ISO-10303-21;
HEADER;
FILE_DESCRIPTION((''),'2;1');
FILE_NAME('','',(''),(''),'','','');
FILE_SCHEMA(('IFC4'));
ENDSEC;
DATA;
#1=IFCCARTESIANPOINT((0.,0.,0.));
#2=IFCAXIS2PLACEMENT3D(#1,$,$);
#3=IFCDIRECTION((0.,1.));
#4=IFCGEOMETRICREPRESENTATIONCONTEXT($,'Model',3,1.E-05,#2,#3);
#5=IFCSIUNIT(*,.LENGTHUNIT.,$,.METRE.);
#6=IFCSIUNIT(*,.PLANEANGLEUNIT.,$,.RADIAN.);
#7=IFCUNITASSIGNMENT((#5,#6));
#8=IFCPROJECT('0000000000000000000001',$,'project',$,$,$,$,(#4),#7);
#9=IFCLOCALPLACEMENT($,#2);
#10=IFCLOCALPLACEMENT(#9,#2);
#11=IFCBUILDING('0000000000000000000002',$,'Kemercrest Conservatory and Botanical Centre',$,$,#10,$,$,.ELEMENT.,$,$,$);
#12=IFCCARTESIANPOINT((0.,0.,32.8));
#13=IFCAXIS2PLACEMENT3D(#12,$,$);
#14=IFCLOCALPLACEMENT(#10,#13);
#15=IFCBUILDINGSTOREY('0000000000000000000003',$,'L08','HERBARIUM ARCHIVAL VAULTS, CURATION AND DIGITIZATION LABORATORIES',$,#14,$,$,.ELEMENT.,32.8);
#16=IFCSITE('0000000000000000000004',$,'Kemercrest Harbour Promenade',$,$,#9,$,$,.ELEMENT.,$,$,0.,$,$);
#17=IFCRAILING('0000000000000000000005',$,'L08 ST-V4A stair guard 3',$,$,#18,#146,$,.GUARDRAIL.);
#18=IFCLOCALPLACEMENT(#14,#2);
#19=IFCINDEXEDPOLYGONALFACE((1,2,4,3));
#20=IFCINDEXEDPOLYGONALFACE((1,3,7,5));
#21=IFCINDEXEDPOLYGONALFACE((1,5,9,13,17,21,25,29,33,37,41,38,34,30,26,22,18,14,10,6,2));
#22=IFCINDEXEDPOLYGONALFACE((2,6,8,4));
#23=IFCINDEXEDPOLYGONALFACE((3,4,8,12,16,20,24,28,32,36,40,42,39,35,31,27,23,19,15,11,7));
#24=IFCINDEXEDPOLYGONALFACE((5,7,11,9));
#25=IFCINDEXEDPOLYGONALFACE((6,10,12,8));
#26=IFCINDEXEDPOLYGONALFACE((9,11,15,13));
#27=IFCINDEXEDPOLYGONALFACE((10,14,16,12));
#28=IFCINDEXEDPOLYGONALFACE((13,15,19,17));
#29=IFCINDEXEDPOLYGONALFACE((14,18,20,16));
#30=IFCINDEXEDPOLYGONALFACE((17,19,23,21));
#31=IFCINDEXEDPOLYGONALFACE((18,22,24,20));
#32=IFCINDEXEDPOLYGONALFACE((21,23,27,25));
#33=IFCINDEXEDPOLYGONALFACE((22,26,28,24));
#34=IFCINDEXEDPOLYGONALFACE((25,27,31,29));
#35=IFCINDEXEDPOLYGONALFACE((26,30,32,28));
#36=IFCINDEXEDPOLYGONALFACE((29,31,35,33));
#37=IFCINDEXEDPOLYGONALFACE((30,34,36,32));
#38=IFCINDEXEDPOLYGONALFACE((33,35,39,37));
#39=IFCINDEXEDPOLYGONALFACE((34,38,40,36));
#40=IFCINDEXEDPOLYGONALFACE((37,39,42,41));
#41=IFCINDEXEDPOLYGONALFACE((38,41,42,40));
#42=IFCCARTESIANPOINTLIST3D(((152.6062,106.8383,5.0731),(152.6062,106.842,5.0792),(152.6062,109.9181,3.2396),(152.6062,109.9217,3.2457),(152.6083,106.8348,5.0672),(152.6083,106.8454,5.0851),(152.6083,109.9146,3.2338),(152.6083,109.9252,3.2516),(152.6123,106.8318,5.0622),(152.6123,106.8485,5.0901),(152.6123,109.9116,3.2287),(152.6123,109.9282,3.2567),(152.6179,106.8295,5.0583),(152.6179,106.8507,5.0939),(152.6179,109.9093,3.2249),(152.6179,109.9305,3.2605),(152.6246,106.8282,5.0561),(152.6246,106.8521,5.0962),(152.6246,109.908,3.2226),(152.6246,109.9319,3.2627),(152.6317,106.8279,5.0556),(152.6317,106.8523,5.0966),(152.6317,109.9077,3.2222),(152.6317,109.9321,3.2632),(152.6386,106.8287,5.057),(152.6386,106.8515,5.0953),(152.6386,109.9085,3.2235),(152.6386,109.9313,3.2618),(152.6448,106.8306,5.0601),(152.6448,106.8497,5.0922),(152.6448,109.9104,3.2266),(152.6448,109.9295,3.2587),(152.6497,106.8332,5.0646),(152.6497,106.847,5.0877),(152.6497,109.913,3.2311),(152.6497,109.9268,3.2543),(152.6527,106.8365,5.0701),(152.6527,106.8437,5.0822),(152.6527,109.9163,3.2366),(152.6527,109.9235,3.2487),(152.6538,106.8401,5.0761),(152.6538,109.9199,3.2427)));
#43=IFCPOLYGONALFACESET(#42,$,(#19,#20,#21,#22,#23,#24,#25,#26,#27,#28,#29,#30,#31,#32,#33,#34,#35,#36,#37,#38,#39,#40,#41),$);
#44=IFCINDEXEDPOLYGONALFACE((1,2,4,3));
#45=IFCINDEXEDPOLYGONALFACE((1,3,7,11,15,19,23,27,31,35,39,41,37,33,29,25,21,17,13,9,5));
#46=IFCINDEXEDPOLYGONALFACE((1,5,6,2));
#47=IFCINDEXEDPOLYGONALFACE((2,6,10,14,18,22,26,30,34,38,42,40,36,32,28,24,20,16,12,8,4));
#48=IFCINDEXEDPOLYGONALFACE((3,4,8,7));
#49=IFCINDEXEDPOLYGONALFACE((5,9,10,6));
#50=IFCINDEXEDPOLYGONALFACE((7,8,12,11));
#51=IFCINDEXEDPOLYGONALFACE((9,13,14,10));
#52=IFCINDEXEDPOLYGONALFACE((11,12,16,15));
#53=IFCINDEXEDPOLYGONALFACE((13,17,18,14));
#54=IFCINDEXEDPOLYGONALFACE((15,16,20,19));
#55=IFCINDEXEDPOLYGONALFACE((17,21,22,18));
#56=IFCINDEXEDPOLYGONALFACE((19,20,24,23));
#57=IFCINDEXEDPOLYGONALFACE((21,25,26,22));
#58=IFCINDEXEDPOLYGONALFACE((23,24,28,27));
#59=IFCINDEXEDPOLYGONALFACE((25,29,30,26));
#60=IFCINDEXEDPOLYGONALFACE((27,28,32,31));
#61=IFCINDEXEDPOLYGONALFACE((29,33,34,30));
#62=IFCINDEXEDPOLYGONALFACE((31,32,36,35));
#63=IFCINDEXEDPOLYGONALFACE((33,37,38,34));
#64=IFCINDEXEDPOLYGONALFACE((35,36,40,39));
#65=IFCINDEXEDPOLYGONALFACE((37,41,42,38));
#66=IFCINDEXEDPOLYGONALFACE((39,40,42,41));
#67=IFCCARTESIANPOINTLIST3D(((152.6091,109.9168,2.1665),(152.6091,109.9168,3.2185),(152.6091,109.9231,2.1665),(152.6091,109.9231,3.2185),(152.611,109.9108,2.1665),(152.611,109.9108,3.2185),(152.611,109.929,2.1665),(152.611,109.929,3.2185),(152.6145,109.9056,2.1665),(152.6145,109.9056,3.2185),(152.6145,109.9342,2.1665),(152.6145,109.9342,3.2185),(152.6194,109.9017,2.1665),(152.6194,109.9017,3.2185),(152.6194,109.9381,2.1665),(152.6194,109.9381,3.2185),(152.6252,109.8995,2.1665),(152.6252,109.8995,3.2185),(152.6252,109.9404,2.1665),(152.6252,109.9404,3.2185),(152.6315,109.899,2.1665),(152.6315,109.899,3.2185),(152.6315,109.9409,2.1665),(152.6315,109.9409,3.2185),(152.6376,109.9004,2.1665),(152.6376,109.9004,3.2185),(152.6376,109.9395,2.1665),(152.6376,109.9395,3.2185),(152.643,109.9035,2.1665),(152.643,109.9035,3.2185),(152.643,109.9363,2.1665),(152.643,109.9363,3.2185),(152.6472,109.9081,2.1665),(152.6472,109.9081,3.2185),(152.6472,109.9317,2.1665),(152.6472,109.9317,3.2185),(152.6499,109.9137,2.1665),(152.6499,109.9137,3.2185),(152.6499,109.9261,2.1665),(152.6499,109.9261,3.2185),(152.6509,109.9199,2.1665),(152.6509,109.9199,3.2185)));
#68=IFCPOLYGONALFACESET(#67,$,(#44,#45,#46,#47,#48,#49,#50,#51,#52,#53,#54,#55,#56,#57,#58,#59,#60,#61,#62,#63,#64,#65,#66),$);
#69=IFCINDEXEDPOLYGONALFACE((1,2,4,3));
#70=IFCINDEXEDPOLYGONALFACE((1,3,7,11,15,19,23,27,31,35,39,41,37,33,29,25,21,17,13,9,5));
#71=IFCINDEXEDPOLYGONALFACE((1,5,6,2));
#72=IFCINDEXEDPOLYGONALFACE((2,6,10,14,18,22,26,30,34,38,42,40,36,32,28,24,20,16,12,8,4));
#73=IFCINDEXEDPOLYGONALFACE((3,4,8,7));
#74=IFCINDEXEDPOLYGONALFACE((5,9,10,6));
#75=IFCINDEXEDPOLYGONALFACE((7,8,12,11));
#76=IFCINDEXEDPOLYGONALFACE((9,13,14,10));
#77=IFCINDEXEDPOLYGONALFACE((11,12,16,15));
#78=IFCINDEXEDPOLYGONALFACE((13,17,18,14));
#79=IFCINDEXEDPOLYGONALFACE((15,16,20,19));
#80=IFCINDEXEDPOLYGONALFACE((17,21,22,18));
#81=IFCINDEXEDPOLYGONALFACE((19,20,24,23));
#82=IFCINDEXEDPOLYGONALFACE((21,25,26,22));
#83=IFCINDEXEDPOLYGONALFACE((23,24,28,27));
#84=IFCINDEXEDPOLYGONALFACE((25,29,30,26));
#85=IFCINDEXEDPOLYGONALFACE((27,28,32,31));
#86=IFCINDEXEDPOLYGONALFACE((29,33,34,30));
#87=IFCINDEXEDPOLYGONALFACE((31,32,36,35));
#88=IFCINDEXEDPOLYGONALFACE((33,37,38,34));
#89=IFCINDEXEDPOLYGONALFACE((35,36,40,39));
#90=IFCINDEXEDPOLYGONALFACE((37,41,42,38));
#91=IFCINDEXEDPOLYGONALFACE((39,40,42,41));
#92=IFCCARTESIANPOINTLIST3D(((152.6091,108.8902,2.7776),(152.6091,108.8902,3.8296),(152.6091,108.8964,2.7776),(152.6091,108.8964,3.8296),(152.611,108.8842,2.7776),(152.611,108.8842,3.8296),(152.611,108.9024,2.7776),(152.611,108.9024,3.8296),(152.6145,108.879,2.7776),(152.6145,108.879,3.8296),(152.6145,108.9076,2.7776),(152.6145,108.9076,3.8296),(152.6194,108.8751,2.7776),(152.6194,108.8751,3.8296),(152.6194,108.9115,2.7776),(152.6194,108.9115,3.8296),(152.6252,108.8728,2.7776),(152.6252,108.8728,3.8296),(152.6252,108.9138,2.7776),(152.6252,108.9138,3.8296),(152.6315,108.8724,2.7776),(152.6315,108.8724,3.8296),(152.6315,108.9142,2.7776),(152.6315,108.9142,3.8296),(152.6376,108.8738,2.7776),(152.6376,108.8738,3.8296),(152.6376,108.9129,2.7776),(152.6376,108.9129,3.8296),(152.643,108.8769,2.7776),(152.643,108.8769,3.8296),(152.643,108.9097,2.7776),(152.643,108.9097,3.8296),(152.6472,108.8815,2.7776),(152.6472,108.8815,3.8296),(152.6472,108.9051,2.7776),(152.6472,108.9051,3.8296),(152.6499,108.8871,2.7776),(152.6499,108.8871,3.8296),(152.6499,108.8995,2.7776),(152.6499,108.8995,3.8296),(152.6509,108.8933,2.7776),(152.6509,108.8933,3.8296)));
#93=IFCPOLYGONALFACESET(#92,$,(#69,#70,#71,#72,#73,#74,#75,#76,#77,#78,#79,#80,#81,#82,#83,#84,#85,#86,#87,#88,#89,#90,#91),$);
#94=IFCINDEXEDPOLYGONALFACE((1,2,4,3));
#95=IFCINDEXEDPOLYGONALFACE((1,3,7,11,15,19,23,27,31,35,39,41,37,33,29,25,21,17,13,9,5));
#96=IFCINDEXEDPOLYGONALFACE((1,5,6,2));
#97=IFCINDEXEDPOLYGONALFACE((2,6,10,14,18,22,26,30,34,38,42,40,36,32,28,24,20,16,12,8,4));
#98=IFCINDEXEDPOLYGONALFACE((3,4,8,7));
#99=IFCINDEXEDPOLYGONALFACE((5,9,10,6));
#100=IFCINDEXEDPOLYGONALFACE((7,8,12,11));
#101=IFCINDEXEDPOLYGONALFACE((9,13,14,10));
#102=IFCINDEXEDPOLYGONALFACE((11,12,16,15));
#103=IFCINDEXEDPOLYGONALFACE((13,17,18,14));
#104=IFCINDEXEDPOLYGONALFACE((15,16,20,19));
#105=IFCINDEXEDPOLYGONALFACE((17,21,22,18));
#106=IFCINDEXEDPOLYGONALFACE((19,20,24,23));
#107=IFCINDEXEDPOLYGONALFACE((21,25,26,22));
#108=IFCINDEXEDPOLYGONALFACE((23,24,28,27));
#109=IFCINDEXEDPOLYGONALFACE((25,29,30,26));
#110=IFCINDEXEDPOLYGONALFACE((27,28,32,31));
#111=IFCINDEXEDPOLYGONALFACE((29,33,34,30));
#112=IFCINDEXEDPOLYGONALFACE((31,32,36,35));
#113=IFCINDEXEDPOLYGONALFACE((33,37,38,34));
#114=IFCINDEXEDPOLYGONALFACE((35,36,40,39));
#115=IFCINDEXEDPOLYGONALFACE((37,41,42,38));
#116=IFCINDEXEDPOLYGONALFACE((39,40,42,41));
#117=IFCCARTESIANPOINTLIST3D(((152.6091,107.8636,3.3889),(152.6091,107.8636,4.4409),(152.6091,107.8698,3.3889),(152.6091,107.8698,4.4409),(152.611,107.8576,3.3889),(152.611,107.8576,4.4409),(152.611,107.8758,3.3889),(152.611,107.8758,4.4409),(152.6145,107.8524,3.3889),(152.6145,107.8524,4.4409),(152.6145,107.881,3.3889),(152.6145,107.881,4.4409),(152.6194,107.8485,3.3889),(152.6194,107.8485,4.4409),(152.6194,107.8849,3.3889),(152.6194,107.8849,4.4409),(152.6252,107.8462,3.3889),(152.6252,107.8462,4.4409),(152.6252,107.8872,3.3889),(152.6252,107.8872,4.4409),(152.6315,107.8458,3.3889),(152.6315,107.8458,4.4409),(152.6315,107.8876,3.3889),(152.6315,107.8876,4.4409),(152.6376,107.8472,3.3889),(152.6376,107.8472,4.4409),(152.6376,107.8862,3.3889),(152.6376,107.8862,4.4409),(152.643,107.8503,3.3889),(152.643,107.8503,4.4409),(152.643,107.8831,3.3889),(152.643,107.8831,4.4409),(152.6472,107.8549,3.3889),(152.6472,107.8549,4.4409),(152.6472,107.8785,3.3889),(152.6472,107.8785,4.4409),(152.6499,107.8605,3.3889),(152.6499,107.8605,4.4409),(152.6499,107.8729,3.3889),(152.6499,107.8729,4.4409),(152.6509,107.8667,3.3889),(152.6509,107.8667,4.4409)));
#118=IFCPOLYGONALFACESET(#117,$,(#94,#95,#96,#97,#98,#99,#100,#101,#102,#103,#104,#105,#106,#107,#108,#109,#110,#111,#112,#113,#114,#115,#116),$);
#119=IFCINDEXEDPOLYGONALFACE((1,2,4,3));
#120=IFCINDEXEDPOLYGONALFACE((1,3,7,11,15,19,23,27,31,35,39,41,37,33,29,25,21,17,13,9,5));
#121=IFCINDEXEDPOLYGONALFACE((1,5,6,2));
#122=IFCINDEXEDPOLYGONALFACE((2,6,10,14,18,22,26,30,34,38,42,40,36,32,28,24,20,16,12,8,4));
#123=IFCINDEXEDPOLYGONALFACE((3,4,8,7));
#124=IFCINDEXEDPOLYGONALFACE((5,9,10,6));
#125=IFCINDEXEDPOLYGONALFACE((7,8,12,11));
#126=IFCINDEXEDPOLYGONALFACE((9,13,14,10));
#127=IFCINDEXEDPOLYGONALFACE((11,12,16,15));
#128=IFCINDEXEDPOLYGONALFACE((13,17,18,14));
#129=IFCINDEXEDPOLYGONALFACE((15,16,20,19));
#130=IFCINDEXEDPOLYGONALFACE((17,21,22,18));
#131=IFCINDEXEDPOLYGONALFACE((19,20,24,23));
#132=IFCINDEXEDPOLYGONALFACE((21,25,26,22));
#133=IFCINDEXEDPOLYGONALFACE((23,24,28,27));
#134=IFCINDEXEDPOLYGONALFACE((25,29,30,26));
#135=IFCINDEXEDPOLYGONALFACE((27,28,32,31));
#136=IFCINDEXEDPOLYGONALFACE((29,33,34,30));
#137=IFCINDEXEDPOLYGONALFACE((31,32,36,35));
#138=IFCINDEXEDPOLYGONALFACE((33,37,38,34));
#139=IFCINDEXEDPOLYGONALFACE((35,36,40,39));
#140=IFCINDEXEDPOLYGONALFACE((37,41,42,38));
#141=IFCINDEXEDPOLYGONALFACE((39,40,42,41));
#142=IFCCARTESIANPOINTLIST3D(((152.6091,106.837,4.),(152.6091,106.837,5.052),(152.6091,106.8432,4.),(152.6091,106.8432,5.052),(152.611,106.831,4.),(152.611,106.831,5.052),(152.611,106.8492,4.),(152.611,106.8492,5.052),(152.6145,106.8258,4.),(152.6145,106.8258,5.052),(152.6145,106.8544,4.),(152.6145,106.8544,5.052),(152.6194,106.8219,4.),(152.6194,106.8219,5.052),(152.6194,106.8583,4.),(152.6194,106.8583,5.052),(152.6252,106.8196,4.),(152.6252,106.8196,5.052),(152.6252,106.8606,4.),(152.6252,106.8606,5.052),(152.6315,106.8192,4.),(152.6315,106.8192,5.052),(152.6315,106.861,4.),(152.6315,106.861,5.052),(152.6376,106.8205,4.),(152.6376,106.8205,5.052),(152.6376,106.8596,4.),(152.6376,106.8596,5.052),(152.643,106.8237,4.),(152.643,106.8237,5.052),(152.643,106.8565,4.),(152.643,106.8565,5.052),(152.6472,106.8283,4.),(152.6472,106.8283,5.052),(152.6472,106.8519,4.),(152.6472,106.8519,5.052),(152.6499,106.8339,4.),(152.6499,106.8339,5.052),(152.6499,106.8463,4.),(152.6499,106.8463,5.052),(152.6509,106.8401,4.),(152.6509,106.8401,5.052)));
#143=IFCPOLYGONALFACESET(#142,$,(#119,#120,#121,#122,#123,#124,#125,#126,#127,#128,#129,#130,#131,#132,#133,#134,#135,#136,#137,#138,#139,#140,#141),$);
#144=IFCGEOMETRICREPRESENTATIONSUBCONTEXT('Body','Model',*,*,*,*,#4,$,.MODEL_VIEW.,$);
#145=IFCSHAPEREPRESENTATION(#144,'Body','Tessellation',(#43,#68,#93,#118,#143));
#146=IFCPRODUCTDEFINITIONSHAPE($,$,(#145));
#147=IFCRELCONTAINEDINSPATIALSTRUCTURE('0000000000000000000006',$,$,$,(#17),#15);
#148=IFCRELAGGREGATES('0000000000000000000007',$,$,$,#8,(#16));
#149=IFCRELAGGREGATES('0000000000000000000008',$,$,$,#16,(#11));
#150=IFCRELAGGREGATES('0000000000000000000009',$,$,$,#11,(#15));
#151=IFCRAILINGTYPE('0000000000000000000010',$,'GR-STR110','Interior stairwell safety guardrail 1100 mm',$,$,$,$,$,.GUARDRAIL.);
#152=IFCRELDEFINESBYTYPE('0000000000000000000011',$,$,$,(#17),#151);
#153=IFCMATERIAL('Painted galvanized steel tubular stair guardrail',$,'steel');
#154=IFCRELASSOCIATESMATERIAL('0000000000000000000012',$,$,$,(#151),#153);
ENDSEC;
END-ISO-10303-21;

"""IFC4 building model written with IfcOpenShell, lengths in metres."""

from ifc_helpers import new_model, si_unit, direction, frame, origin, origin_2d, place, context, subcontext, project, spatial, circle, extrude, material, type_object, element, save


model = new_model("IFC4")

# Units and contexts
model_context = context("Model", 3, precision=1e-05, world=origin(), true_north=direction((0.0, 1.0)))
body_context = subcontext(model_context, "Body", "Model", "MODEL_VIEW")
ifc_project = project(units=[si_unit("LENGTHUNIT", "METRE"), si_unit("PLANEANGLEUNIT", "RADIAN")], contexts=[model_context])

# Site, building, storey
site_placement = place(None, origin())
site = spatial("IfcSite", under=ifc_project, at=site_placement, Name="Kemercrest Harbour Promenade", CompositionType="ELEMENT", RefElevation=0.0)
building_placement = place(site_placement, origin())
building = spatial("IfcBuilding", under=site, at=building_placement, Name="Kemercrest Conservatory and Botanical Centre", CompositionType="ELEMENT")
storey_placement = place(building_placement, frame((0.0, 0.0, 32.8)))
storey = spatial("IfcBuildingStorey", under=building, at=storey_placement, Name="L08", Description="HERBARIUM ARCHIVAL VAULTS, CURATION AND DIGITIZATION LABORATORIES", CompositionType="ELEMENT", Elevation=32.8)

# Railing
ifc_material_1 = material(Name="Painted galvanized steel tubular stair guardrail", Category="steel")
railing_type_1 = type_object("IfcRailingType", Name="GR-STR110", Description="Interior stairwell safety guardrail 1100 mm", PredefinedType="GUARDRAIL", material=ifc_material_1)
railing_1_placement = place(storey_placement, frame((152.6299, 109.9199, 2.1665)))
element("IfcRailing", 1, at=railing_1_placement, inside=storey, type_object=railing_type_1, Name="L08 ST-V4A stair guard 3", PredefinedType="GUARDRAIL", context=body_context, shape_type="SweptSolid", body=[
    extrude(circle(Radius=0.0239, at=origin_2d()), frame((0.0, 0.0, 1.0762), z_axis=(0.0, -0.859261, 0.511538), x_axis=(1.0, 0.0, 0.0)), (0.0, 0.0, 1.0), 3.5842),
    extrude(circle(Radius=0.021, at=origin_2d()), origin(), (0.0, 0.0, 1.0), 1.052),
    extrude(circle(Radius=0.021, at=origin_2d()), frame((0.0, -1.0266, 0.6111)), (0.0, 0.0, 1.0), 1.052),
    extrude(circle(Radius=0.021, at=origin_2d()), frame((0.0, -2.0532, 1.2224)), (0.0, 0.0, 1.0), 1.052),
    extrude(circle(Radius=0.021, at=origin_2d()), frame((0.0, -3.0798, 1.8335)), (0.0, 0.0, 1.0), 1.052),
])

save(model, "model.ifc")
